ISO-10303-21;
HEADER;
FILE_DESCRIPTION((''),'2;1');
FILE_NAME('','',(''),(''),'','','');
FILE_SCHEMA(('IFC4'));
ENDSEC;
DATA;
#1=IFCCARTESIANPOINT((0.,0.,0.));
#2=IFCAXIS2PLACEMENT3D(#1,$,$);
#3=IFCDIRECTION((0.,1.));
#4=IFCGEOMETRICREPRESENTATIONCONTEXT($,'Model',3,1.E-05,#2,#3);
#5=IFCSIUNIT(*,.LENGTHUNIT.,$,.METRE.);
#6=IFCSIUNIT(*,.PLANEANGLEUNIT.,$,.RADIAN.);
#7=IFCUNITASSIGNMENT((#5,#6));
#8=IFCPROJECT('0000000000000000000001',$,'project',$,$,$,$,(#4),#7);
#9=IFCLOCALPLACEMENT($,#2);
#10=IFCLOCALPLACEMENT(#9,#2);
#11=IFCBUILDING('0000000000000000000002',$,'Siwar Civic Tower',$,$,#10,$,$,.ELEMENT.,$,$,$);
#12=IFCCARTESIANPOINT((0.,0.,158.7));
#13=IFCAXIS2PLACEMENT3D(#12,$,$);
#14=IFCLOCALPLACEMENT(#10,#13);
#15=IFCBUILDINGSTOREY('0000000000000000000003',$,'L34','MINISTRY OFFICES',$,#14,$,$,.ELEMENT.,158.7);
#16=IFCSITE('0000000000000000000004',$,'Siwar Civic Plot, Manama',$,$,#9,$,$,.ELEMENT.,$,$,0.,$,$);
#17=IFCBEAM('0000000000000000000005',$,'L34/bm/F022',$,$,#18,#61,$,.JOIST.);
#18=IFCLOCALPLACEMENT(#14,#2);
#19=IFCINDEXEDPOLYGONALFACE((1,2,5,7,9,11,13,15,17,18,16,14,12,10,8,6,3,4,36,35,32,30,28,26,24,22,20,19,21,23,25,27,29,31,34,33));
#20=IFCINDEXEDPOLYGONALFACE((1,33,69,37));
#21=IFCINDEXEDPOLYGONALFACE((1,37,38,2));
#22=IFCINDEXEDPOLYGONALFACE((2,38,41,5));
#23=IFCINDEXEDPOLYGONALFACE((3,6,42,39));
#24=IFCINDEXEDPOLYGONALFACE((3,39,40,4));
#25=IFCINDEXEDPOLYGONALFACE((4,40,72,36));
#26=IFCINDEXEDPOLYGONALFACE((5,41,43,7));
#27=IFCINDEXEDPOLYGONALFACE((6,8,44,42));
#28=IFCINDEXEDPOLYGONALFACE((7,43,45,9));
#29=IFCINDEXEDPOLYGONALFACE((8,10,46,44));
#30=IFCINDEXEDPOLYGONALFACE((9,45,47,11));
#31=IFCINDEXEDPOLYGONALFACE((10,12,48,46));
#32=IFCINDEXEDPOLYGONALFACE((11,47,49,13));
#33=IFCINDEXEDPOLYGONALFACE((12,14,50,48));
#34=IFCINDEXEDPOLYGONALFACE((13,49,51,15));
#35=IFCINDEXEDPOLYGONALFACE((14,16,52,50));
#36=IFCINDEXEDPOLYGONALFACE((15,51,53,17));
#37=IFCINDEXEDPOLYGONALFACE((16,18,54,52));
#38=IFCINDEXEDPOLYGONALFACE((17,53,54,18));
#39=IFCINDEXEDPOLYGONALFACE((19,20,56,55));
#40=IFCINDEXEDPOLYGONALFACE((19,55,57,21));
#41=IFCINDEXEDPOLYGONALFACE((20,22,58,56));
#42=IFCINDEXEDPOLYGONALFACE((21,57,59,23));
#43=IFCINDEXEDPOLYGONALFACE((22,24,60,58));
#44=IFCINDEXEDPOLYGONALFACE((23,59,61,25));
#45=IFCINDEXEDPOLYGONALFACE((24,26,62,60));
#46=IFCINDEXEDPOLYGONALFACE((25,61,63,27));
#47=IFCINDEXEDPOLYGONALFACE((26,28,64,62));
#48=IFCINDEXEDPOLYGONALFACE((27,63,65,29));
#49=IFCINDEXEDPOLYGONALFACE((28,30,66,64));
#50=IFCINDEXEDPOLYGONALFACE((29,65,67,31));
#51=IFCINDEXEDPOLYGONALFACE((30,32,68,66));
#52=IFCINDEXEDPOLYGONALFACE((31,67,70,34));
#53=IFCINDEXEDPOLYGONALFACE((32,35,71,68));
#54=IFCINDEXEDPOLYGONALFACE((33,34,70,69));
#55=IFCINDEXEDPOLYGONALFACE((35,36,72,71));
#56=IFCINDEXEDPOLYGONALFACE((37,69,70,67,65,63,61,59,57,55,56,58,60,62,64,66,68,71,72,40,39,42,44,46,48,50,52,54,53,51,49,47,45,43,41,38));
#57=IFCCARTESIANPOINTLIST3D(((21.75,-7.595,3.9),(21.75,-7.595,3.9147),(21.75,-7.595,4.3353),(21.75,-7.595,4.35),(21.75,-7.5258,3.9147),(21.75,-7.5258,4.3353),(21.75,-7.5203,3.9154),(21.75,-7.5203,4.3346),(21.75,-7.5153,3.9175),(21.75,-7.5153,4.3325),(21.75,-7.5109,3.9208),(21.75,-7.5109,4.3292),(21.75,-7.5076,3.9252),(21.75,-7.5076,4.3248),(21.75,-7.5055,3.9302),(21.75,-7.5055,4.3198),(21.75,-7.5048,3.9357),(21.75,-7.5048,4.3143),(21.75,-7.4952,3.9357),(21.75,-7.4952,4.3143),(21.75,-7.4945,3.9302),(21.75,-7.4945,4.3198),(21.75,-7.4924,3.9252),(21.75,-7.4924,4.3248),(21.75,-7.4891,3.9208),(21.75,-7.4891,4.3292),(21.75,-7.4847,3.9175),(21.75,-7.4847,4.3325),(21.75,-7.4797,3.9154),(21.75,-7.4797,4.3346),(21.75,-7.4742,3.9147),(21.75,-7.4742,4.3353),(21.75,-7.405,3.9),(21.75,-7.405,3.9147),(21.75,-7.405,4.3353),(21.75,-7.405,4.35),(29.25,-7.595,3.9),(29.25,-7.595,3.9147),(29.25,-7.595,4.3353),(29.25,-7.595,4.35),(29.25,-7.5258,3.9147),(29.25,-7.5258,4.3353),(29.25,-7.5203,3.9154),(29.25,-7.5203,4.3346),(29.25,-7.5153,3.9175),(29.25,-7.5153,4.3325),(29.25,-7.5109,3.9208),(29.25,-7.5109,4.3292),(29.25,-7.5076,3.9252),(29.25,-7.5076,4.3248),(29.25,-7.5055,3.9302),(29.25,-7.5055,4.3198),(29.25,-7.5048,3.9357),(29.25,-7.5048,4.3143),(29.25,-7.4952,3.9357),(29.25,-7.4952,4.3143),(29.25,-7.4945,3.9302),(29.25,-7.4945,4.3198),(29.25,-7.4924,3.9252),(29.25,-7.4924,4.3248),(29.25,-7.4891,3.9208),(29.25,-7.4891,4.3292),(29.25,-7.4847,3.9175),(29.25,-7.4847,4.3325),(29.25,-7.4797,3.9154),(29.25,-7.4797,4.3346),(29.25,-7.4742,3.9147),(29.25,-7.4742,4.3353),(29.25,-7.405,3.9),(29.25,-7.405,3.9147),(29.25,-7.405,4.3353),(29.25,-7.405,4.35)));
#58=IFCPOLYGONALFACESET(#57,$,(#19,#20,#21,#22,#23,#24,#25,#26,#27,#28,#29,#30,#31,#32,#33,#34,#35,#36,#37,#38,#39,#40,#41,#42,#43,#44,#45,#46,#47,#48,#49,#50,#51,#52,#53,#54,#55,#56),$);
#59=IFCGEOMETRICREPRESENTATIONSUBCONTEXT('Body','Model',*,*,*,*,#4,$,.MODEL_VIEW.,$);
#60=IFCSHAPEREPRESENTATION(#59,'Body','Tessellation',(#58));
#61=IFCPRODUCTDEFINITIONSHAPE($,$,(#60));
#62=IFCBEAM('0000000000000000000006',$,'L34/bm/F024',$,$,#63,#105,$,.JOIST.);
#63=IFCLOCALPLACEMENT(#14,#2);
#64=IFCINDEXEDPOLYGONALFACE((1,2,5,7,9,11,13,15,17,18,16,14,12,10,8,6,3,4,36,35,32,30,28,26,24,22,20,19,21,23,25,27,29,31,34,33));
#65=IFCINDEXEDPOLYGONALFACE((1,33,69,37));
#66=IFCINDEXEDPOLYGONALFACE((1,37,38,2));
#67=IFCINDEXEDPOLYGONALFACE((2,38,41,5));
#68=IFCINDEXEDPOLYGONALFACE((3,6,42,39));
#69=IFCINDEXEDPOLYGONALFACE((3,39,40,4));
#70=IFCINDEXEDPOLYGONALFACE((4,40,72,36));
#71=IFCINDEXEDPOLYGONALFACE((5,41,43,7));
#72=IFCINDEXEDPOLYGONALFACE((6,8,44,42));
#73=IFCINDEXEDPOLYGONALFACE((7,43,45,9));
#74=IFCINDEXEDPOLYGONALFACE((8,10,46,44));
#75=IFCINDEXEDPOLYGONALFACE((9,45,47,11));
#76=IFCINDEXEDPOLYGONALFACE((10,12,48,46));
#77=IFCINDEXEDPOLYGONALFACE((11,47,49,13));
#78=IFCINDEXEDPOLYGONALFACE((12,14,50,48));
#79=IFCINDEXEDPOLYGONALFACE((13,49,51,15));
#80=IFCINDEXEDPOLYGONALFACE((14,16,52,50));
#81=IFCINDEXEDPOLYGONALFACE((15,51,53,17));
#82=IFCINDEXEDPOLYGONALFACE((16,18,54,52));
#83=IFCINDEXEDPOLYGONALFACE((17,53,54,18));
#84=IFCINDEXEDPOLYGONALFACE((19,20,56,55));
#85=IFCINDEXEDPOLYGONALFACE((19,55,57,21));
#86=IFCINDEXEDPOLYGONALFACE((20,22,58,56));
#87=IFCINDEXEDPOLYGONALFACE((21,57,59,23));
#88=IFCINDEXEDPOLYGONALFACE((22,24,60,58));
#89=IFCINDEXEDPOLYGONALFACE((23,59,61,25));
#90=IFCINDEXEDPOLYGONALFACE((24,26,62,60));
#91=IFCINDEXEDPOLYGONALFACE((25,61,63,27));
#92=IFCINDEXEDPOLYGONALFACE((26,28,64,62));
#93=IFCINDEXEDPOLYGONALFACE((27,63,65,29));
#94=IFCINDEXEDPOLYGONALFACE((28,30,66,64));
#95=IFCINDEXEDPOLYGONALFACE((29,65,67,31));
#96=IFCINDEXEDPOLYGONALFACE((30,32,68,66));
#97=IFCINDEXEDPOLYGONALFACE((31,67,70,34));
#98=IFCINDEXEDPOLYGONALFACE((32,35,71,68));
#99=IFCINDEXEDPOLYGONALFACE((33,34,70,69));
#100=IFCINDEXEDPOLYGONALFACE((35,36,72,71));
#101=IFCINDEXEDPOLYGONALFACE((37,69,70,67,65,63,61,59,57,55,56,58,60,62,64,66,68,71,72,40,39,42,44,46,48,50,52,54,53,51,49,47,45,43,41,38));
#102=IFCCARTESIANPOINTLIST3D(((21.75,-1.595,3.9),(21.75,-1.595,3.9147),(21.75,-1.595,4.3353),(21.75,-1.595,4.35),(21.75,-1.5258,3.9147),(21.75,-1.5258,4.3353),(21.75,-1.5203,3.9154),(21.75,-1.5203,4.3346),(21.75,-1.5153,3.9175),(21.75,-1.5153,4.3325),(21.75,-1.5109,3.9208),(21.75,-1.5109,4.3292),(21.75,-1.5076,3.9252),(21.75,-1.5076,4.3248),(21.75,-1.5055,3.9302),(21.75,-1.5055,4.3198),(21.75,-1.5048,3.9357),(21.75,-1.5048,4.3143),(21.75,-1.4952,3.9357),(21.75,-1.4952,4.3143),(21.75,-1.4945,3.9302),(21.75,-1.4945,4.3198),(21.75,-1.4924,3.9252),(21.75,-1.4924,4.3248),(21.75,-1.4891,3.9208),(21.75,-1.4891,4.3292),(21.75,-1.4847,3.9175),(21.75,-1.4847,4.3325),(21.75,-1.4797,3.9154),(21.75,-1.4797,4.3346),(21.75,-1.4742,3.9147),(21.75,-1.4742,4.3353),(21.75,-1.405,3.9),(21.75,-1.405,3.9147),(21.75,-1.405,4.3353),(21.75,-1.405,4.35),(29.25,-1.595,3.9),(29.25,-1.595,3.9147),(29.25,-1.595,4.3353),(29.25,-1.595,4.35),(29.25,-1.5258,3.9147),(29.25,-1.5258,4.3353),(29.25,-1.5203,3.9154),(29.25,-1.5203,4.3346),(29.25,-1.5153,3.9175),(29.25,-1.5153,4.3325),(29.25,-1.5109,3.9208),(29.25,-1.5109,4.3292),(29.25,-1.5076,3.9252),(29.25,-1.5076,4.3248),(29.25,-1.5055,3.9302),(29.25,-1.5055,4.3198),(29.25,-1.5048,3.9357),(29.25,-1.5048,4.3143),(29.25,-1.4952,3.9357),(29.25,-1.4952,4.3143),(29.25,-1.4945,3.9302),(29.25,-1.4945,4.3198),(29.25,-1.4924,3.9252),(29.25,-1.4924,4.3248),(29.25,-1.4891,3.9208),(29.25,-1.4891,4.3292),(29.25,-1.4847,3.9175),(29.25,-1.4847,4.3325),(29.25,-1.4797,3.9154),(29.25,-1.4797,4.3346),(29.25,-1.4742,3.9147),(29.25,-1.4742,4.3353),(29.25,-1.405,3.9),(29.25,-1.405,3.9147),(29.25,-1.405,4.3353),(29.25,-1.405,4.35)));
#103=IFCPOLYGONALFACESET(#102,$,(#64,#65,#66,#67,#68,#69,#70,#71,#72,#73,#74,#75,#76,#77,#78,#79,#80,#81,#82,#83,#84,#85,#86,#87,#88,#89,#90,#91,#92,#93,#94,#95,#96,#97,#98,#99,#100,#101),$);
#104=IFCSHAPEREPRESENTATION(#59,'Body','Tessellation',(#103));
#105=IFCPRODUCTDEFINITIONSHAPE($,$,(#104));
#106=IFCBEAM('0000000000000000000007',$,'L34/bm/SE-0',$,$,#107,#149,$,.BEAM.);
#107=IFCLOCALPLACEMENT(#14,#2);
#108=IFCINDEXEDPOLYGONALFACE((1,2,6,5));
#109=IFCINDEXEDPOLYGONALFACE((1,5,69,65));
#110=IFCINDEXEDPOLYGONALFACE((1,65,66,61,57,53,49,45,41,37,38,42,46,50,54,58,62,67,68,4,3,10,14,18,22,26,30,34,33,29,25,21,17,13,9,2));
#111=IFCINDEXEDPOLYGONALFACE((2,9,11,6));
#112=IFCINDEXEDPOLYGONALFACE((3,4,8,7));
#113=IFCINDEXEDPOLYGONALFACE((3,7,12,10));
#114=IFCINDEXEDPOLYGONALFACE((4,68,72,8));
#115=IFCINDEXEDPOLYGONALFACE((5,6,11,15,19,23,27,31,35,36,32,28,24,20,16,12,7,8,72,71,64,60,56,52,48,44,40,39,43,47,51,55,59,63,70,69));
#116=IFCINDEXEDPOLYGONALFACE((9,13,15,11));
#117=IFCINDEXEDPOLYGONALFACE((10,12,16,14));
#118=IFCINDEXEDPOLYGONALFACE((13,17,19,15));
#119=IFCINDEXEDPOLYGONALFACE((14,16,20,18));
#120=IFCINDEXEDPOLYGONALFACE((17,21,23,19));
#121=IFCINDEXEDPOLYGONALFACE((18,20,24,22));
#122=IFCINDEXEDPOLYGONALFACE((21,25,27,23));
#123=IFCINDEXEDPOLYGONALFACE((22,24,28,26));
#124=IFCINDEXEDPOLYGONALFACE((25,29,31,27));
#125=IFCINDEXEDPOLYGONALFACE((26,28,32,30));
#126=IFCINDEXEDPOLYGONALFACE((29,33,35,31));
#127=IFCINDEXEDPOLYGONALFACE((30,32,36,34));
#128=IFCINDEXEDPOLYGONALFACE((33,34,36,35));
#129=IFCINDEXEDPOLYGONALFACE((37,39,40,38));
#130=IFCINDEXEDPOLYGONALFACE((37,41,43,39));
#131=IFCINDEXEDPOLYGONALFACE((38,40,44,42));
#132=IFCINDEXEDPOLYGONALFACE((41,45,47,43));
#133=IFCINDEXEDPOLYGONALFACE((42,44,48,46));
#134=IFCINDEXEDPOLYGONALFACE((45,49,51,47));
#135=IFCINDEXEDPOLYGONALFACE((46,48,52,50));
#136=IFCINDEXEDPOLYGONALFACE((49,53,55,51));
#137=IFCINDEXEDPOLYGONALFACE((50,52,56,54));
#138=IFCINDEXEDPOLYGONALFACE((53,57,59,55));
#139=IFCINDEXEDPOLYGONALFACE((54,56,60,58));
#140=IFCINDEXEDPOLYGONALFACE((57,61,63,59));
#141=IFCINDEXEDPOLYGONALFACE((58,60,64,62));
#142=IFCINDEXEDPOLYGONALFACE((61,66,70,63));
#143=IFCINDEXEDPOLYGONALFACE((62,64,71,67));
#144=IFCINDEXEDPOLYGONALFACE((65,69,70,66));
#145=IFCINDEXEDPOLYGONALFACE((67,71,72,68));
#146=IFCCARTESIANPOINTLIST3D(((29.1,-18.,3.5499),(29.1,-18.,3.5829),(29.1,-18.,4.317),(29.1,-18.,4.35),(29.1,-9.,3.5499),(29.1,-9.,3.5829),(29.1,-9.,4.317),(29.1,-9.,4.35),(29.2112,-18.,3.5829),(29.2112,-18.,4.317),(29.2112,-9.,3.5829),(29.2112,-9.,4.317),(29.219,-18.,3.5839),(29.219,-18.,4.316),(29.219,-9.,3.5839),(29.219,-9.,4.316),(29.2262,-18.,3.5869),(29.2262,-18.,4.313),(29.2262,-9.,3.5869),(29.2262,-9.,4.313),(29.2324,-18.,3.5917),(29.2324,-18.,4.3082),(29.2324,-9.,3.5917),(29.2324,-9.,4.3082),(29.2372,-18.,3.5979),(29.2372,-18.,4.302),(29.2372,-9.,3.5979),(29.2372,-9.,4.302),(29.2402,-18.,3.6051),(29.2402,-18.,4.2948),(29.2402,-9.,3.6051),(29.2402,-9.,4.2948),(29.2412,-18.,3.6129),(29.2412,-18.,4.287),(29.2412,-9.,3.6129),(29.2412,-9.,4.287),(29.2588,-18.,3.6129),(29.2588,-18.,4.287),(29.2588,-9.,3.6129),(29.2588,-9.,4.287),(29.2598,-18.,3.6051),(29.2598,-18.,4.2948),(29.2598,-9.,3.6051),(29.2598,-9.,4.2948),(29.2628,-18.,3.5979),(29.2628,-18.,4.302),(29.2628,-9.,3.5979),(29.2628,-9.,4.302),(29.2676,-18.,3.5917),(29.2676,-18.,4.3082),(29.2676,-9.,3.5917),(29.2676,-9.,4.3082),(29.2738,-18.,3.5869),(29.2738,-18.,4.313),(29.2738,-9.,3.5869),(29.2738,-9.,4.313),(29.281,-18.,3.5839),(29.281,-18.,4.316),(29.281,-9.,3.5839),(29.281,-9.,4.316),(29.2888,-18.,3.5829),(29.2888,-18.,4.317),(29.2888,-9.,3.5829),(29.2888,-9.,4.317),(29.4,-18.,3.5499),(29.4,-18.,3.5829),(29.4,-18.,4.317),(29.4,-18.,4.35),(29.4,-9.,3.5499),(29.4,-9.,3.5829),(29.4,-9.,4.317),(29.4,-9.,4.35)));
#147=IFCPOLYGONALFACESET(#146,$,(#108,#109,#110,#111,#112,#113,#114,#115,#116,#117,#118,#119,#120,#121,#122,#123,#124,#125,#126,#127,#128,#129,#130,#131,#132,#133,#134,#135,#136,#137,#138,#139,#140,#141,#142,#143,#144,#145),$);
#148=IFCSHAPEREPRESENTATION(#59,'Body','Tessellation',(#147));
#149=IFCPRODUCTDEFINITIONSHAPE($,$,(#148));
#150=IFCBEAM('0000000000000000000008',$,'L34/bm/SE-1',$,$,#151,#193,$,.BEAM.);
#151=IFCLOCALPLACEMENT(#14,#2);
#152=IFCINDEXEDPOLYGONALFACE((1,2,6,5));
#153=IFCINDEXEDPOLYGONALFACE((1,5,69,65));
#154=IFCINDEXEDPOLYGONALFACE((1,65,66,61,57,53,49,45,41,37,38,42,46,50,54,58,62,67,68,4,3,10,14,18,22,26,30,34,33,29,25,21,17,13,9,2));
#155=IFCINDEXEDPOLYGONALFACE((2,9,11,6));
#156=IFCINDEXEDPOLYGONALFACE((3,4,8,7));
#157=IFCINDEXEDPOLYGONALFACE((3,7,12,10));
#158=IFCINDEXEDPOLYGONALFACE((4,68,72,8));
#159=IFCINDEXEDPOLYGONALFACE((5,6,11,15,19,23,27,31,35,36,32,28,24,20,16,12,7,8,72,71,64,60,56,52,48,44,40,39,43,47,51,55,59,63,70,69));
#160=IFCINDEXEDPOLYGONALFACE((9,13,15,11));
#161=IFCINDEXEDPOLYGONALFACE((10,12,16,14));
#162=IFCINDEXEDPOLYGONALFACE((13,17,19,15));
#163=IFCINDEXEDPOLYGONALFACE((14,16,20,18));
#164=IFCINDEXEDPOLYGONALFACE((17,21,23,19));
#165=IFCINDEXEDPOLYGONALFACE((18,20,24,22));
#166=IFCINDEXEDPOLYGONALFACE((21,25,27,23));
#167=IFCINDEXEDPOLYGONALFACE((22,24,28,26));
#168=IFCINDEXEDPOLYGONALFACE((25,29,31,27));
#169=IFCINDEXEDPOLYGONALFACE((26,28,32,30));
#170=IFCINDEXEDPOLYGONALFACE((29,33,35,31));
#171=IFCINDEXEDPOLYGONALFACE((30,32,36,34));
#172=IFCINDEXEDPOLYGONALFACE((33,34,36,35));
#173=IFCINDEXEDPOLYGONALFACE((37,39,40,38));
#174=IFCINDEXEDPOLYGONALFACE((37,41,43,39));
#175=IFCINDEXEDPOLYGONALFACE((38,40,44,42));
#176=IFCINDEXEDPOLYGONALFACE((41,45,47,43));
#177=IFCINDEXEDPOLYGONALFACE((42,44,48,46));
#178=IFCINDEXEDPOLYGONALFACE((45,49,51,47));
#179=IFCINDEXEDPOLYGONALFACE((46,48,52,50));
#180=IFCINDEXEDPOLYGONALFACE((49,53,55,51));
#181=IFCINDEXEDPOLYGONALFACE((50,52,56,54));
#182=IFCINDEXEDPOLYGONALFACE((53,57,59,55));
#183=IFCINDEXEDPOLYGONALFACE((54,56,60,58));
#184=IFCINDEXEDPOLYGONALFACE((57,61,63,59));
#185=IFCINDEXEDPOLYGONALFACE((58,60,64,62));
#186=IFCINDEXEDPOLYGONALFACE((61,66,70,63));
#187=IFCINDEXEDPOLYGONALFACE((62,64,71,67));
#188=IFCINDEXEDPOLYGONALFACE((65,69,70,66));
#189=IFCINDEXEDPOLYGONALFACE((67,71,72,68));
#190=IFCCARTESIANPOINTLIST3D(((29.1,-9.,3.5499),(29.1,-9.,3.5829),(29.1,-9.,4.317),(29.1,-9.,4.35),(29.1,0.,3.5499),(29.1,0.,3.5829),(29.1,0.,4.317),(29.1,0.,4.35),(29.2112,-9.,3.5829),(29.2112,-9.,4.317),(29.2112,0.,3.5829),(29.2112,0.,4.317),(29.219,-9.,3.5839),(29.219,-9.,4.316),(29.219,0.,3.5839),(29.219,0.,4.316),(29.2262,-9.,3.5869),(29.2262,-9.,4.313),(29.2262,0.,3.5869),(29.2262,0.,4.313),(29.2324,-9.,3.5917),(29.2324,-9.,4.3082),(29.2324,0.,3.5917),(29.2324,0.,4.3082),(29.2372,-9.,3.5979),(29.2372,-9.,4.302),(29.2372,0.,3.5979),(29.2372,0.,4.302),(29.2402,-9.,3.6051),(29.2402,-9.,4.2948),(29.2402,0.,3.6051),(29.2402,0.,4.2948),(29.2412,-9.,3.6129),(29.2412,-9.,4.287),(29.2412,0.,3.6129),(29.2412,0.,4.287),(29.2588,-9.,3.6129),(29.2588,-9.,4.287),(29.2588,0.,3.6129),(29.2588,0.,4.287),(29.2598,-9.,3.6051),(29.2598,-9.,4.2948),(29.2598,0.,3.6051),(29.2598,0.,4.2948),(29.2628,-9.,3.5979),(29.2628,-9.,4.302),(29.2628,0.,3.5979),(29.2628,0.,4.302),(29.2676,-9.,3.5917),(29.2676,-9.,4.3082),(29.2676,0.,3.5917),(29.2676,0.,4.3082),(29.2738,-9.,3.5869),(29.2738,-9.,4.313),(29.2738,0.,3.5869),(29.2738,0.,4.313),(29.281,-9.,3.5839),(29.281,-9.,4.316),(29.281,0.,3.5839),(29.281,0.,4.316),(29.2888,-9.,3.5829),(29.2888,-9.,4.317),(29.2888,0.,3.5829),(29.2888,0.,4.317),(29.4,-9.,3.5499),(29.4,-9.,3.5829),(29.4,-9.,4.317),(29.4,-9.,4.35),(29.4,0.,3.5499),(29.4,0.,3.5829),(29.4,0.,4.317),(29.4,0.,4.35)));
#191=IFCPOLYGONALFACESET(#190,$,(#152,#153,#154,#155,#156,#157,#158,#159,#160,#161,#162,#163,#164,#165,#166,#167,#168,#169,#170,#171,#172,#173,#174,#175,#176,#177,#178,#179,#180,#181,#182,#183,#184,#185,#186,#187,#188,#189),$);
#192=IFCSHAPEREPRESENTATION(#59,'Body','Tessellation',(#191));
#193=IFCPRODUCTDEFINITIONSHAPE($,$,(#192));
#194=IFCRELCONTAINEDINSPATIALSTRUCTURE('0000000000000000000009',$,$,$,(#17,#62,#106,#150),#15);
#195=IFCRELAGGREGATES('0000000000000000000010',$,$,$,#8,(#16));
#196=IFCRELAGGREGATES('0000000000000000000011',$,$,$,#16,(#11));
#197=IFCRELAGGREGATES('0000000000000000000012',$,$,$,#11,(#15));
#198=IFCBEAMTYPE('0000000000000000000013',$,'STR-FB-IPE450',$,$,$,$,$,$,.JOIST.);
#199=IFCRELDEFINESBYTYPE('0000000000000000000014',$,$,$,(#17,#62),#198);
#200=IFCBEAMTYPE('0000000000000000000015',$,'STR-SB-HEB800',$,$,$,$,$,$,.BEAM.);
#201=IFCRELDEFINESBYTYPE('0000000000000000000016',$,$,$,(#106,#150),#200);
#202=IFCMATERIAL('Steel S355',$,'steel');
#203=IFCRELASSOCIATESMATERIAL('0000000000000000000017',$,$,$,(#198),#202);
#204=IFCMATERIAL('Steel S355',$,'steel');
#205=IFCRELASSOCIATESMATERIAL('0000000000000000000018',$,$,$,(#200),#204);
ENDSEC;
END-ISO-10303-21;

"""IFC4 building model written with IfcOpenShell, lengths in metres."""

from ifc_helpers import new_model, si_unit, direction, frame, origin, origin_2d, place, context, subcontext, project, spatial, i_section, extrude, material, material_profile, profile_set, type_object, element, save


model = new_model("IFC4")

# Units and contexts
model_context = context("Model", 3, precision=1e-05, world=origin(), true_north=direction((0.0, 1.0)))
body_context = subcontext(model_context, "Body", "Model", "MODEL_VIEW")
ifc_project = project(units=[si_unit("LENGTHUNIT", "METRE"), si_unit("PLANEANGLEUNIT", "RADIAN")], contexts=[model_context])

# Site, building, storey
site_placement = place(None, origin())
site = spatial("IfcSite", under=ifc_project, at=site_placement, Name="Siwar Civic Plot, Manama", CompositionType="ELEMENT", RefElevation=0.0)
building_placement = place(site_placement, origin())
building = spatial("IfcBuilding", under=site, at=building_placement, Name="Siwar Civic Tower", CompositionType="ELEMENT")
storey_placement = place(building_placement, frame((0.0, 0.0, 158.7)))
storey = spatial("IfcBuildingStorey", under=building, at=storey_placement, Name="L34", Description="MINISTRY OFFICES", CompositionType="ELEMENT", Elevation=158.7)

# Beams
ifc_material_1 = material(Name="Steel S355", Category="steel")
ifc_material_profile_1 = material_profile(ifc_material_1, i_section(OverallWidth=0.1899, OverallDepth=0.45, WebThickness=0.0095, FlangeThickness=0.0146, FilletRadius=0.021, at=origin_2d()), Name="IPE450")
ifc_profile_set_1 = profile_set([ifc_material_profile_1], Name="Steel S355")
beam_type_1 = type_object("IfcBeamType", Name="STR-FB-IPE450", PredefinedType="JOIST", material=ifc_profile_set_1)
for number, where, z_axis, x_axis, name in (
    (1, (21.75, -7.5, 4.125), (1.0, 0.0, 0.0), (0.0, 1.0, 0.0), "L34/bm/F022"),
    (2, (21.75, -1.5, 4.125), (1.0, 0.0, 0.0), (0.0, 1.0, 0.0), "L34/bm/F024"),
):
    element("IfcBeam", number, at=place(storey_placement, frame(where, z_axis=z_axis, x_axis=x_axis)), inside=storey, type_object=beam_type_1, Name=name, PredefinedType="JOIST", context=body_context, shape_type="SweptSolid", body=[
        extrude(i_section(OverallWidth=0.1899, OverallDepth=0.45, WebThickness=0.0095, FlangeThickness=0.0146, FilletRadius=0.021, at=origin_2d()), origin(), (0.0, 0.0, 1.0), 7.5),
    ])
ifc_material_2 = material(Name="Steel S355", Category="steel")
ifc_material_profile_2 = material_profile(ifc_material_2, i_section(OverallWidth=0.3, OverallDepth=0.8, WebThickness=0.0176, FlangeThickness=0.033, FilletRadius=0.03, at=origin_2d()), Name="HEB800")
ifc_profile_set_2 = profile_set([ifc_material_profile_2], Name="Steel S355")
beam_type_2 = type_object("IfcBeamType", Name="STR-SB-HEB800", PredefinedType="BEAM", material=ifc_profile_set_2)
for number, where, z_axis, x_axis, name in (
    (3, (29.25, -18.0, 3.95), (0.0, 1.0, 0.0), (-1.0, 0.0, 0.0), "L34/bm/SE-0"),
    (4, (29.25, -9.0, 3.95), (0.0, 1.0, 0.0), (-1.0, 0.0, 0.0), "L34/bm/SE-1"),
):
    element("IfcBeam", number, at=place(storey_placement, frame(where, z_axis=z_axis, x_axis=x_axis)), inside=storey, type_object=beam_type_2, Name=name, PredefinedType="BEAM", context=body_context, shape_type="SweptSolid", body=[
        extrude(i_section(OverallWidth=0.3, OverallDepth=0.8, WebThickness=0.0176, FlangeThickness=0.033, FilletRadius=0.03, at=origin_2d()), origin(), (0.0, 0.0, 1.0), 9.0),
    ])

save(model, "model.ifc")
